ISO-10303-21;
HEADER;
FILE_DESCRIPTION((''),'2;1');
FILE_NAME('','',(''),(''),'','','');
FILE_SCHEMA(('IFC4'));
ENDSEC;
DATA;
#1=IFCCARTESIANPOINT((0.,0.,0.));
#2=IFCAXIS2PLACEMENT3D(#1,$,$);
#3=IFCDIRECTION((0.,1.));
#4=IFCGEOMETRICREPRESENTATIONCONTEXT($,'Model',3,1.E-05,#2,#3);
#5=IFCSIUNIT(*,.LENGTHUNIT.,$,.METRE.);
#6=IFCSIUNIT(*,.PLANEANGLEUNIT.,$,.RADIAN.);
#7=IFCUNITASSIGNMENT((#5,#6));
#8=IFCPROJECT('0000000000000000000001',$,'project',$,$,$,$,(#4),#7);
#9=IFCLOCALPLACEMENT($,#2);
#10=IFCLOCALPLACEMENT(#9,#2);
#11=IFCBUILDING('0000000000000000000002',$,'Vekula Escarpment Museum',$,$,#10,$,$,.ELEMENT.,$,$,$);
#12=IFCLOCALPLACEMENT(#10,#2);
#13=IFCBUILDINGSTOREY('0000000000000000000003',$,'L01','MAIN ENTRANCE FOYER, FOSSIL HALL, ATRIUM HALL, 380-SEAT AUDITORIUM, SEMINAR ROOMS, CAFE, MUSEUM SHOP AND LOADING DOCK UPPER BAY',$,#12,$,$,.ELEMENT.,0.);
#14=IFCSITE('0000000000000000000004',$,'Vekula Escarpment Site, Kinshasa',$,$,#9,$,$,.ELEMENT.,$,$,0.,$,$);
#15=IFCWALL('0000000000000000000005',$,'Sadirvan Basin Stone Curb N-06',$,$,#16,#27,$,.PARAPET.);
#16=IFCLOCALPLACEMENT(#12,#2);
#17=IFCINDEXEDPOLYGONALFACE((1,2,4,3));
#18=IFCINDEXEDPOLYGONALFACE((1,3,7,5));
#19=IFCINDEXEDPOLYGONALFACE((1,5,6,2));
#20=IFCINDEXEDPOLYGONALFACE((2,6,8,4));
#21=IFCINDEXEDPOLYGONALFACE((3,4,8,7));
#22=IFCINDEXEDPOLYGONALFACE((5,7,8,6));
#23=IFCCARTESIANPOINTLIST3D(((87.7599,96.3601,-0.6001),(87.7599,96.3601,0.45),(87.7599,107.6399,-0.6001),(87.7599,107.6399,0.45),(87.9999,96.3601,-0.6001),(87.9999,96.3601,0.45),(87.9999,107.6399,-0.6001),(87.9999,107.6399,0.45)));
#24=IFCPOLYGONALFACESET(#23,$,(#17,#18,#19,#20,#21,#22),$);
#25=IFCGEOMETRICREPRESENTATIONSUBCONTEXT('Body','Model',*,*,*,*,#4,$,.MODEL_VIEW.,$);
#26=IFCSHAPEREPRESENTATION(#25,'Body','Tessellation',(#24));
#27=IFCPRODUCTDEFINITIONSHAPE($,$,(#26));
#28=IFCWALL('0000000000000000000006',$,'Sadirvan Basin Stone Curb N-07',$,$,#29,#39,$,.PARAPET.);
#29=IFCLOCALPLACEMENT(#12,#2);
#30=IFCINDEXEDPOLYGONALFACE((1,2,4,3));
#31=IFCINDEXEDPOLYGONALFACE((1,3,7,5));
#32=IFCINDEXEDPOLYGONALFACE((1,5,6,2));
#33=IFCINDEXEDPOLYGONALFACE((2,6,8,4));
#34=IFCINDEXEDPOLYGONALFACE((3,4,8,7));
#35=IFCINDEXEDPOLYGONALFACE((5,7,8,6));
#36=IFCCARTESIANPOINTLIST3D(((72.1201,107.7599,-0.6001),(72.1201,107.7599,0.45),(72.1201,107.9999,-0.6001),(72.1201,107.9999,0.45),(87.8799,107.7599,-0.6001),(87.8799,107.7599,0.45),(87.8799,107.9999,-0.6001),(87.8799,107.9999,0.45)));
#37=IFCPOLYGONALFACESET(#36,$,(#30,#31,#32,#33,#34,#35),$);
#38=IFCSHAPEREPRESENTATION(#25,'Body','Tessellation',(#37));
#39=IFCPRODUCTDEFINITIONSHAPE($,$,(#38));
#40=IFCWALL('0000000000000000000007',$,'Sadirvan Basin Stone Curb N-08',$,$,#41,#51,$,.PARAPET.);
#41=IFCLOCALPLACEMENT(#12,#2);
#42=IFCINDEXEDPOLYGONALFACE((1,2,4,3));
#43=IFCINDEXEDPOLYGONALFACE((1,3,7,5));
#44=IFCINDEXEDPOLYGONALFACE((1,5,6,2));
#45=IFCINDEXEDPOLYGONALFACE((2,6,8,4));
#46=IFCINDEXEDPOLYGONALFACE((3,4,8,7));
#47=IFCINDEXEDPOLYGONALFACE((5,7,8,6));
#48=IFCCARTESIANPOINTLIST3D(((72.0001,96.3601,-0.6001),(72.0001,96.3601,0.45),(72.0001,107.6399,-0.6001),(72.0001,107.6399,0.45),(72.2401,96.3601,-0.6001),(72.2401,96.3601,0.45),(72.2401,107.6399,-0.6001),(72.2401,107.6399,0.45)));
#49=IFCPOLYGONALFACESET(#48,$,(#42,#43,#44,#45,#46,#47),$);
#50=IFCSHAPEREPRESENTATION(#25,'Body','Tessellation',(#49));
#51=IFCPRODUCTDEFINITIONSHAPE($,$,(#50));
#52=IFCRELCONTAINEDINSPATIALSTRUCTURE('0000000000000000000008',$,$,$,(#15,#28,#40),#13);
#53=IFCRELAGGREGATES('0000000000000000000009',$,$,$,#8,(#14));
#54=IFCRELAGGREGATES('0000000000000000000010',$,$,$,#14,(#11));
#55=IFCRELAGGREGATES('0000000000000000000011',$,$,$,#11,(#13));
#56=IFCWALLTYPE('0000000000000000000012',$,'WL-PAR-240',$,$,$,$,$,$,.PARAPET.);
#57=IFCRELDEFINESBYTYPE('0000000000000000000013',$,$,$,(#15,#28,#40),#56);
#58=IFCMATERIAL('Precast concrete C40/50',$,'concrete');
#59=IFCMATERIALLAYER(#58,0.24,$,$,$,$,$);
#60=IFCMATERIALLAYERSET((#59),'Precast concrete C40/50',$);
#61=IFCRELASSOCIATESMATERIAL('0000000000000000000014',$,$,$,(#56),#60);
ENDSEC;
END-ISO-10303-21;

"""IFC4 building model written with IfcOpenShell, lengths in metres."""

from ifc_helpers import new_model, si_unit, direction, frame, frame_2d, origin, place, context, subcontext, project, spatial, rectangle, extrude, material, layer, layer_set, type_object, element, save


model = new_model("IFC4")

# Units and contexts
model_context = context("Model", 3, precision=1e-05, world=origin(), true_north=direction((0.0, 1.0)))
body_context = subcontext(model_context, "Body", "Model", "MODEL_VIEW")
ifc_project = project(units=[si_unit("LENGTHUNIT", "METRE"), si_unit("PLANEANGLEUNIT", "RADIAN")], contexts=[model_context])

# Site, building, storey
site_placement = place(None, origin())
site = spatial("IfcSite", under=ifc_project, at=site_placement, Name="Vekula Escarpment Site, Kinshasa", CompositionType="ELEMENT", RefElevation=0.0)
building_placement = place(site_placement, origin())
building = spatial("IfcBuilding", under=site, at=building_placement, Name="Vekula Escarpment Museum", CompositionType="ELEMENT")
storey_placement = place(building_placement, origin())
storey = spatial("IfcBuildingStorey", under=building, at=storey_placement, Name="L01", Description="MAIN ENTRANCE FOYER, FOSSIL HALL, ATRIUM HALL, 380-SEAT AUDITORIUM, SEMINAR ROOMS, CAFE, MUSEUM SHOP AND LOADING DOCK UPPER BAY", CompositionType="ELEMENT", Elevation=0.0)

# Walls
ifc_material_1 = material(Name="Precast concrete C40/50", Category="concrete")
ifc_layer_1 = layer(ifc_material_1, 0.24)
ifc_layer_set_1 = layer_set([ifc_layer_1], Name="Precast concrete C40/50")
wall_type_1 = type_object("IfcWallType", Name="WL-PAR-240", PredefinedType="PARAPET", material=ifc_layer_set_1)
wall_1_placement = place(storey_placement, frame((87.8799, 96.3601, -0.6001), z_axis=(0.0, 0.0, 1.0), x_axis=(0.0, 1.0, 0.0)))
element("IfcWall", 1, at=wall_1_placement, inside=storey, type_object=wall_type_1, Name="Sadirvan Basin Stone Curb N-06", PredefinedType="PARAPET", context=body_context, shape_type="SweptSolid", body=[
    extrude(rectangle(XDim=11.2798, YDim=0.24, at=frame_2d((5.6399, 0.0))), origin(), (0.0, 0.0, 1.0), 1.05),
])
wall_2_placement = place(storey_placement, frame((87.8799, 107.8799, -0.6001), z_axis=(0.0, 0.0, 1.0), x_axis=(-1.0, 0.0, 0.0)))
element("IfcWall", 2, at=wall_2_placement, inside=storey, type_object=wall_type_1, Name="Sadirvan Basin Stone Curb N-07", PredefinedType="PARAPET", context=body_context, shape_type="SweptSolid", body=[
    extrude(rectangle(XDim=15.7598, YDim=0.24, at=frame_2d((7.8799, 0.0))), origin(), (0.0, 0.0, 1.0), 1.05),
])
wall_3_placement = place(storey_placement, frame((72.1201, 107.6399, -0.6001), z_axis=(0.0, 0.0, 1.0), x_axis=(0.0, -1.0, 0.0)))
element("IfcWall", 3, at=wall_3_placement, inside=storey, type_object=wall_type_1, Name="Sadirvan Basin Stone Curb N-08", PredefinedType="PARAPET", context=body_context, shape_type="SweptSolid", body=[
    extrude(rectangle(XDim=11.2798, YDim=0.24, at=frame_2d((5.6399, 0.0))), origin(), (0.0, 0.0, 1.0), 1.05),
])

save(model, "model.ifc")
